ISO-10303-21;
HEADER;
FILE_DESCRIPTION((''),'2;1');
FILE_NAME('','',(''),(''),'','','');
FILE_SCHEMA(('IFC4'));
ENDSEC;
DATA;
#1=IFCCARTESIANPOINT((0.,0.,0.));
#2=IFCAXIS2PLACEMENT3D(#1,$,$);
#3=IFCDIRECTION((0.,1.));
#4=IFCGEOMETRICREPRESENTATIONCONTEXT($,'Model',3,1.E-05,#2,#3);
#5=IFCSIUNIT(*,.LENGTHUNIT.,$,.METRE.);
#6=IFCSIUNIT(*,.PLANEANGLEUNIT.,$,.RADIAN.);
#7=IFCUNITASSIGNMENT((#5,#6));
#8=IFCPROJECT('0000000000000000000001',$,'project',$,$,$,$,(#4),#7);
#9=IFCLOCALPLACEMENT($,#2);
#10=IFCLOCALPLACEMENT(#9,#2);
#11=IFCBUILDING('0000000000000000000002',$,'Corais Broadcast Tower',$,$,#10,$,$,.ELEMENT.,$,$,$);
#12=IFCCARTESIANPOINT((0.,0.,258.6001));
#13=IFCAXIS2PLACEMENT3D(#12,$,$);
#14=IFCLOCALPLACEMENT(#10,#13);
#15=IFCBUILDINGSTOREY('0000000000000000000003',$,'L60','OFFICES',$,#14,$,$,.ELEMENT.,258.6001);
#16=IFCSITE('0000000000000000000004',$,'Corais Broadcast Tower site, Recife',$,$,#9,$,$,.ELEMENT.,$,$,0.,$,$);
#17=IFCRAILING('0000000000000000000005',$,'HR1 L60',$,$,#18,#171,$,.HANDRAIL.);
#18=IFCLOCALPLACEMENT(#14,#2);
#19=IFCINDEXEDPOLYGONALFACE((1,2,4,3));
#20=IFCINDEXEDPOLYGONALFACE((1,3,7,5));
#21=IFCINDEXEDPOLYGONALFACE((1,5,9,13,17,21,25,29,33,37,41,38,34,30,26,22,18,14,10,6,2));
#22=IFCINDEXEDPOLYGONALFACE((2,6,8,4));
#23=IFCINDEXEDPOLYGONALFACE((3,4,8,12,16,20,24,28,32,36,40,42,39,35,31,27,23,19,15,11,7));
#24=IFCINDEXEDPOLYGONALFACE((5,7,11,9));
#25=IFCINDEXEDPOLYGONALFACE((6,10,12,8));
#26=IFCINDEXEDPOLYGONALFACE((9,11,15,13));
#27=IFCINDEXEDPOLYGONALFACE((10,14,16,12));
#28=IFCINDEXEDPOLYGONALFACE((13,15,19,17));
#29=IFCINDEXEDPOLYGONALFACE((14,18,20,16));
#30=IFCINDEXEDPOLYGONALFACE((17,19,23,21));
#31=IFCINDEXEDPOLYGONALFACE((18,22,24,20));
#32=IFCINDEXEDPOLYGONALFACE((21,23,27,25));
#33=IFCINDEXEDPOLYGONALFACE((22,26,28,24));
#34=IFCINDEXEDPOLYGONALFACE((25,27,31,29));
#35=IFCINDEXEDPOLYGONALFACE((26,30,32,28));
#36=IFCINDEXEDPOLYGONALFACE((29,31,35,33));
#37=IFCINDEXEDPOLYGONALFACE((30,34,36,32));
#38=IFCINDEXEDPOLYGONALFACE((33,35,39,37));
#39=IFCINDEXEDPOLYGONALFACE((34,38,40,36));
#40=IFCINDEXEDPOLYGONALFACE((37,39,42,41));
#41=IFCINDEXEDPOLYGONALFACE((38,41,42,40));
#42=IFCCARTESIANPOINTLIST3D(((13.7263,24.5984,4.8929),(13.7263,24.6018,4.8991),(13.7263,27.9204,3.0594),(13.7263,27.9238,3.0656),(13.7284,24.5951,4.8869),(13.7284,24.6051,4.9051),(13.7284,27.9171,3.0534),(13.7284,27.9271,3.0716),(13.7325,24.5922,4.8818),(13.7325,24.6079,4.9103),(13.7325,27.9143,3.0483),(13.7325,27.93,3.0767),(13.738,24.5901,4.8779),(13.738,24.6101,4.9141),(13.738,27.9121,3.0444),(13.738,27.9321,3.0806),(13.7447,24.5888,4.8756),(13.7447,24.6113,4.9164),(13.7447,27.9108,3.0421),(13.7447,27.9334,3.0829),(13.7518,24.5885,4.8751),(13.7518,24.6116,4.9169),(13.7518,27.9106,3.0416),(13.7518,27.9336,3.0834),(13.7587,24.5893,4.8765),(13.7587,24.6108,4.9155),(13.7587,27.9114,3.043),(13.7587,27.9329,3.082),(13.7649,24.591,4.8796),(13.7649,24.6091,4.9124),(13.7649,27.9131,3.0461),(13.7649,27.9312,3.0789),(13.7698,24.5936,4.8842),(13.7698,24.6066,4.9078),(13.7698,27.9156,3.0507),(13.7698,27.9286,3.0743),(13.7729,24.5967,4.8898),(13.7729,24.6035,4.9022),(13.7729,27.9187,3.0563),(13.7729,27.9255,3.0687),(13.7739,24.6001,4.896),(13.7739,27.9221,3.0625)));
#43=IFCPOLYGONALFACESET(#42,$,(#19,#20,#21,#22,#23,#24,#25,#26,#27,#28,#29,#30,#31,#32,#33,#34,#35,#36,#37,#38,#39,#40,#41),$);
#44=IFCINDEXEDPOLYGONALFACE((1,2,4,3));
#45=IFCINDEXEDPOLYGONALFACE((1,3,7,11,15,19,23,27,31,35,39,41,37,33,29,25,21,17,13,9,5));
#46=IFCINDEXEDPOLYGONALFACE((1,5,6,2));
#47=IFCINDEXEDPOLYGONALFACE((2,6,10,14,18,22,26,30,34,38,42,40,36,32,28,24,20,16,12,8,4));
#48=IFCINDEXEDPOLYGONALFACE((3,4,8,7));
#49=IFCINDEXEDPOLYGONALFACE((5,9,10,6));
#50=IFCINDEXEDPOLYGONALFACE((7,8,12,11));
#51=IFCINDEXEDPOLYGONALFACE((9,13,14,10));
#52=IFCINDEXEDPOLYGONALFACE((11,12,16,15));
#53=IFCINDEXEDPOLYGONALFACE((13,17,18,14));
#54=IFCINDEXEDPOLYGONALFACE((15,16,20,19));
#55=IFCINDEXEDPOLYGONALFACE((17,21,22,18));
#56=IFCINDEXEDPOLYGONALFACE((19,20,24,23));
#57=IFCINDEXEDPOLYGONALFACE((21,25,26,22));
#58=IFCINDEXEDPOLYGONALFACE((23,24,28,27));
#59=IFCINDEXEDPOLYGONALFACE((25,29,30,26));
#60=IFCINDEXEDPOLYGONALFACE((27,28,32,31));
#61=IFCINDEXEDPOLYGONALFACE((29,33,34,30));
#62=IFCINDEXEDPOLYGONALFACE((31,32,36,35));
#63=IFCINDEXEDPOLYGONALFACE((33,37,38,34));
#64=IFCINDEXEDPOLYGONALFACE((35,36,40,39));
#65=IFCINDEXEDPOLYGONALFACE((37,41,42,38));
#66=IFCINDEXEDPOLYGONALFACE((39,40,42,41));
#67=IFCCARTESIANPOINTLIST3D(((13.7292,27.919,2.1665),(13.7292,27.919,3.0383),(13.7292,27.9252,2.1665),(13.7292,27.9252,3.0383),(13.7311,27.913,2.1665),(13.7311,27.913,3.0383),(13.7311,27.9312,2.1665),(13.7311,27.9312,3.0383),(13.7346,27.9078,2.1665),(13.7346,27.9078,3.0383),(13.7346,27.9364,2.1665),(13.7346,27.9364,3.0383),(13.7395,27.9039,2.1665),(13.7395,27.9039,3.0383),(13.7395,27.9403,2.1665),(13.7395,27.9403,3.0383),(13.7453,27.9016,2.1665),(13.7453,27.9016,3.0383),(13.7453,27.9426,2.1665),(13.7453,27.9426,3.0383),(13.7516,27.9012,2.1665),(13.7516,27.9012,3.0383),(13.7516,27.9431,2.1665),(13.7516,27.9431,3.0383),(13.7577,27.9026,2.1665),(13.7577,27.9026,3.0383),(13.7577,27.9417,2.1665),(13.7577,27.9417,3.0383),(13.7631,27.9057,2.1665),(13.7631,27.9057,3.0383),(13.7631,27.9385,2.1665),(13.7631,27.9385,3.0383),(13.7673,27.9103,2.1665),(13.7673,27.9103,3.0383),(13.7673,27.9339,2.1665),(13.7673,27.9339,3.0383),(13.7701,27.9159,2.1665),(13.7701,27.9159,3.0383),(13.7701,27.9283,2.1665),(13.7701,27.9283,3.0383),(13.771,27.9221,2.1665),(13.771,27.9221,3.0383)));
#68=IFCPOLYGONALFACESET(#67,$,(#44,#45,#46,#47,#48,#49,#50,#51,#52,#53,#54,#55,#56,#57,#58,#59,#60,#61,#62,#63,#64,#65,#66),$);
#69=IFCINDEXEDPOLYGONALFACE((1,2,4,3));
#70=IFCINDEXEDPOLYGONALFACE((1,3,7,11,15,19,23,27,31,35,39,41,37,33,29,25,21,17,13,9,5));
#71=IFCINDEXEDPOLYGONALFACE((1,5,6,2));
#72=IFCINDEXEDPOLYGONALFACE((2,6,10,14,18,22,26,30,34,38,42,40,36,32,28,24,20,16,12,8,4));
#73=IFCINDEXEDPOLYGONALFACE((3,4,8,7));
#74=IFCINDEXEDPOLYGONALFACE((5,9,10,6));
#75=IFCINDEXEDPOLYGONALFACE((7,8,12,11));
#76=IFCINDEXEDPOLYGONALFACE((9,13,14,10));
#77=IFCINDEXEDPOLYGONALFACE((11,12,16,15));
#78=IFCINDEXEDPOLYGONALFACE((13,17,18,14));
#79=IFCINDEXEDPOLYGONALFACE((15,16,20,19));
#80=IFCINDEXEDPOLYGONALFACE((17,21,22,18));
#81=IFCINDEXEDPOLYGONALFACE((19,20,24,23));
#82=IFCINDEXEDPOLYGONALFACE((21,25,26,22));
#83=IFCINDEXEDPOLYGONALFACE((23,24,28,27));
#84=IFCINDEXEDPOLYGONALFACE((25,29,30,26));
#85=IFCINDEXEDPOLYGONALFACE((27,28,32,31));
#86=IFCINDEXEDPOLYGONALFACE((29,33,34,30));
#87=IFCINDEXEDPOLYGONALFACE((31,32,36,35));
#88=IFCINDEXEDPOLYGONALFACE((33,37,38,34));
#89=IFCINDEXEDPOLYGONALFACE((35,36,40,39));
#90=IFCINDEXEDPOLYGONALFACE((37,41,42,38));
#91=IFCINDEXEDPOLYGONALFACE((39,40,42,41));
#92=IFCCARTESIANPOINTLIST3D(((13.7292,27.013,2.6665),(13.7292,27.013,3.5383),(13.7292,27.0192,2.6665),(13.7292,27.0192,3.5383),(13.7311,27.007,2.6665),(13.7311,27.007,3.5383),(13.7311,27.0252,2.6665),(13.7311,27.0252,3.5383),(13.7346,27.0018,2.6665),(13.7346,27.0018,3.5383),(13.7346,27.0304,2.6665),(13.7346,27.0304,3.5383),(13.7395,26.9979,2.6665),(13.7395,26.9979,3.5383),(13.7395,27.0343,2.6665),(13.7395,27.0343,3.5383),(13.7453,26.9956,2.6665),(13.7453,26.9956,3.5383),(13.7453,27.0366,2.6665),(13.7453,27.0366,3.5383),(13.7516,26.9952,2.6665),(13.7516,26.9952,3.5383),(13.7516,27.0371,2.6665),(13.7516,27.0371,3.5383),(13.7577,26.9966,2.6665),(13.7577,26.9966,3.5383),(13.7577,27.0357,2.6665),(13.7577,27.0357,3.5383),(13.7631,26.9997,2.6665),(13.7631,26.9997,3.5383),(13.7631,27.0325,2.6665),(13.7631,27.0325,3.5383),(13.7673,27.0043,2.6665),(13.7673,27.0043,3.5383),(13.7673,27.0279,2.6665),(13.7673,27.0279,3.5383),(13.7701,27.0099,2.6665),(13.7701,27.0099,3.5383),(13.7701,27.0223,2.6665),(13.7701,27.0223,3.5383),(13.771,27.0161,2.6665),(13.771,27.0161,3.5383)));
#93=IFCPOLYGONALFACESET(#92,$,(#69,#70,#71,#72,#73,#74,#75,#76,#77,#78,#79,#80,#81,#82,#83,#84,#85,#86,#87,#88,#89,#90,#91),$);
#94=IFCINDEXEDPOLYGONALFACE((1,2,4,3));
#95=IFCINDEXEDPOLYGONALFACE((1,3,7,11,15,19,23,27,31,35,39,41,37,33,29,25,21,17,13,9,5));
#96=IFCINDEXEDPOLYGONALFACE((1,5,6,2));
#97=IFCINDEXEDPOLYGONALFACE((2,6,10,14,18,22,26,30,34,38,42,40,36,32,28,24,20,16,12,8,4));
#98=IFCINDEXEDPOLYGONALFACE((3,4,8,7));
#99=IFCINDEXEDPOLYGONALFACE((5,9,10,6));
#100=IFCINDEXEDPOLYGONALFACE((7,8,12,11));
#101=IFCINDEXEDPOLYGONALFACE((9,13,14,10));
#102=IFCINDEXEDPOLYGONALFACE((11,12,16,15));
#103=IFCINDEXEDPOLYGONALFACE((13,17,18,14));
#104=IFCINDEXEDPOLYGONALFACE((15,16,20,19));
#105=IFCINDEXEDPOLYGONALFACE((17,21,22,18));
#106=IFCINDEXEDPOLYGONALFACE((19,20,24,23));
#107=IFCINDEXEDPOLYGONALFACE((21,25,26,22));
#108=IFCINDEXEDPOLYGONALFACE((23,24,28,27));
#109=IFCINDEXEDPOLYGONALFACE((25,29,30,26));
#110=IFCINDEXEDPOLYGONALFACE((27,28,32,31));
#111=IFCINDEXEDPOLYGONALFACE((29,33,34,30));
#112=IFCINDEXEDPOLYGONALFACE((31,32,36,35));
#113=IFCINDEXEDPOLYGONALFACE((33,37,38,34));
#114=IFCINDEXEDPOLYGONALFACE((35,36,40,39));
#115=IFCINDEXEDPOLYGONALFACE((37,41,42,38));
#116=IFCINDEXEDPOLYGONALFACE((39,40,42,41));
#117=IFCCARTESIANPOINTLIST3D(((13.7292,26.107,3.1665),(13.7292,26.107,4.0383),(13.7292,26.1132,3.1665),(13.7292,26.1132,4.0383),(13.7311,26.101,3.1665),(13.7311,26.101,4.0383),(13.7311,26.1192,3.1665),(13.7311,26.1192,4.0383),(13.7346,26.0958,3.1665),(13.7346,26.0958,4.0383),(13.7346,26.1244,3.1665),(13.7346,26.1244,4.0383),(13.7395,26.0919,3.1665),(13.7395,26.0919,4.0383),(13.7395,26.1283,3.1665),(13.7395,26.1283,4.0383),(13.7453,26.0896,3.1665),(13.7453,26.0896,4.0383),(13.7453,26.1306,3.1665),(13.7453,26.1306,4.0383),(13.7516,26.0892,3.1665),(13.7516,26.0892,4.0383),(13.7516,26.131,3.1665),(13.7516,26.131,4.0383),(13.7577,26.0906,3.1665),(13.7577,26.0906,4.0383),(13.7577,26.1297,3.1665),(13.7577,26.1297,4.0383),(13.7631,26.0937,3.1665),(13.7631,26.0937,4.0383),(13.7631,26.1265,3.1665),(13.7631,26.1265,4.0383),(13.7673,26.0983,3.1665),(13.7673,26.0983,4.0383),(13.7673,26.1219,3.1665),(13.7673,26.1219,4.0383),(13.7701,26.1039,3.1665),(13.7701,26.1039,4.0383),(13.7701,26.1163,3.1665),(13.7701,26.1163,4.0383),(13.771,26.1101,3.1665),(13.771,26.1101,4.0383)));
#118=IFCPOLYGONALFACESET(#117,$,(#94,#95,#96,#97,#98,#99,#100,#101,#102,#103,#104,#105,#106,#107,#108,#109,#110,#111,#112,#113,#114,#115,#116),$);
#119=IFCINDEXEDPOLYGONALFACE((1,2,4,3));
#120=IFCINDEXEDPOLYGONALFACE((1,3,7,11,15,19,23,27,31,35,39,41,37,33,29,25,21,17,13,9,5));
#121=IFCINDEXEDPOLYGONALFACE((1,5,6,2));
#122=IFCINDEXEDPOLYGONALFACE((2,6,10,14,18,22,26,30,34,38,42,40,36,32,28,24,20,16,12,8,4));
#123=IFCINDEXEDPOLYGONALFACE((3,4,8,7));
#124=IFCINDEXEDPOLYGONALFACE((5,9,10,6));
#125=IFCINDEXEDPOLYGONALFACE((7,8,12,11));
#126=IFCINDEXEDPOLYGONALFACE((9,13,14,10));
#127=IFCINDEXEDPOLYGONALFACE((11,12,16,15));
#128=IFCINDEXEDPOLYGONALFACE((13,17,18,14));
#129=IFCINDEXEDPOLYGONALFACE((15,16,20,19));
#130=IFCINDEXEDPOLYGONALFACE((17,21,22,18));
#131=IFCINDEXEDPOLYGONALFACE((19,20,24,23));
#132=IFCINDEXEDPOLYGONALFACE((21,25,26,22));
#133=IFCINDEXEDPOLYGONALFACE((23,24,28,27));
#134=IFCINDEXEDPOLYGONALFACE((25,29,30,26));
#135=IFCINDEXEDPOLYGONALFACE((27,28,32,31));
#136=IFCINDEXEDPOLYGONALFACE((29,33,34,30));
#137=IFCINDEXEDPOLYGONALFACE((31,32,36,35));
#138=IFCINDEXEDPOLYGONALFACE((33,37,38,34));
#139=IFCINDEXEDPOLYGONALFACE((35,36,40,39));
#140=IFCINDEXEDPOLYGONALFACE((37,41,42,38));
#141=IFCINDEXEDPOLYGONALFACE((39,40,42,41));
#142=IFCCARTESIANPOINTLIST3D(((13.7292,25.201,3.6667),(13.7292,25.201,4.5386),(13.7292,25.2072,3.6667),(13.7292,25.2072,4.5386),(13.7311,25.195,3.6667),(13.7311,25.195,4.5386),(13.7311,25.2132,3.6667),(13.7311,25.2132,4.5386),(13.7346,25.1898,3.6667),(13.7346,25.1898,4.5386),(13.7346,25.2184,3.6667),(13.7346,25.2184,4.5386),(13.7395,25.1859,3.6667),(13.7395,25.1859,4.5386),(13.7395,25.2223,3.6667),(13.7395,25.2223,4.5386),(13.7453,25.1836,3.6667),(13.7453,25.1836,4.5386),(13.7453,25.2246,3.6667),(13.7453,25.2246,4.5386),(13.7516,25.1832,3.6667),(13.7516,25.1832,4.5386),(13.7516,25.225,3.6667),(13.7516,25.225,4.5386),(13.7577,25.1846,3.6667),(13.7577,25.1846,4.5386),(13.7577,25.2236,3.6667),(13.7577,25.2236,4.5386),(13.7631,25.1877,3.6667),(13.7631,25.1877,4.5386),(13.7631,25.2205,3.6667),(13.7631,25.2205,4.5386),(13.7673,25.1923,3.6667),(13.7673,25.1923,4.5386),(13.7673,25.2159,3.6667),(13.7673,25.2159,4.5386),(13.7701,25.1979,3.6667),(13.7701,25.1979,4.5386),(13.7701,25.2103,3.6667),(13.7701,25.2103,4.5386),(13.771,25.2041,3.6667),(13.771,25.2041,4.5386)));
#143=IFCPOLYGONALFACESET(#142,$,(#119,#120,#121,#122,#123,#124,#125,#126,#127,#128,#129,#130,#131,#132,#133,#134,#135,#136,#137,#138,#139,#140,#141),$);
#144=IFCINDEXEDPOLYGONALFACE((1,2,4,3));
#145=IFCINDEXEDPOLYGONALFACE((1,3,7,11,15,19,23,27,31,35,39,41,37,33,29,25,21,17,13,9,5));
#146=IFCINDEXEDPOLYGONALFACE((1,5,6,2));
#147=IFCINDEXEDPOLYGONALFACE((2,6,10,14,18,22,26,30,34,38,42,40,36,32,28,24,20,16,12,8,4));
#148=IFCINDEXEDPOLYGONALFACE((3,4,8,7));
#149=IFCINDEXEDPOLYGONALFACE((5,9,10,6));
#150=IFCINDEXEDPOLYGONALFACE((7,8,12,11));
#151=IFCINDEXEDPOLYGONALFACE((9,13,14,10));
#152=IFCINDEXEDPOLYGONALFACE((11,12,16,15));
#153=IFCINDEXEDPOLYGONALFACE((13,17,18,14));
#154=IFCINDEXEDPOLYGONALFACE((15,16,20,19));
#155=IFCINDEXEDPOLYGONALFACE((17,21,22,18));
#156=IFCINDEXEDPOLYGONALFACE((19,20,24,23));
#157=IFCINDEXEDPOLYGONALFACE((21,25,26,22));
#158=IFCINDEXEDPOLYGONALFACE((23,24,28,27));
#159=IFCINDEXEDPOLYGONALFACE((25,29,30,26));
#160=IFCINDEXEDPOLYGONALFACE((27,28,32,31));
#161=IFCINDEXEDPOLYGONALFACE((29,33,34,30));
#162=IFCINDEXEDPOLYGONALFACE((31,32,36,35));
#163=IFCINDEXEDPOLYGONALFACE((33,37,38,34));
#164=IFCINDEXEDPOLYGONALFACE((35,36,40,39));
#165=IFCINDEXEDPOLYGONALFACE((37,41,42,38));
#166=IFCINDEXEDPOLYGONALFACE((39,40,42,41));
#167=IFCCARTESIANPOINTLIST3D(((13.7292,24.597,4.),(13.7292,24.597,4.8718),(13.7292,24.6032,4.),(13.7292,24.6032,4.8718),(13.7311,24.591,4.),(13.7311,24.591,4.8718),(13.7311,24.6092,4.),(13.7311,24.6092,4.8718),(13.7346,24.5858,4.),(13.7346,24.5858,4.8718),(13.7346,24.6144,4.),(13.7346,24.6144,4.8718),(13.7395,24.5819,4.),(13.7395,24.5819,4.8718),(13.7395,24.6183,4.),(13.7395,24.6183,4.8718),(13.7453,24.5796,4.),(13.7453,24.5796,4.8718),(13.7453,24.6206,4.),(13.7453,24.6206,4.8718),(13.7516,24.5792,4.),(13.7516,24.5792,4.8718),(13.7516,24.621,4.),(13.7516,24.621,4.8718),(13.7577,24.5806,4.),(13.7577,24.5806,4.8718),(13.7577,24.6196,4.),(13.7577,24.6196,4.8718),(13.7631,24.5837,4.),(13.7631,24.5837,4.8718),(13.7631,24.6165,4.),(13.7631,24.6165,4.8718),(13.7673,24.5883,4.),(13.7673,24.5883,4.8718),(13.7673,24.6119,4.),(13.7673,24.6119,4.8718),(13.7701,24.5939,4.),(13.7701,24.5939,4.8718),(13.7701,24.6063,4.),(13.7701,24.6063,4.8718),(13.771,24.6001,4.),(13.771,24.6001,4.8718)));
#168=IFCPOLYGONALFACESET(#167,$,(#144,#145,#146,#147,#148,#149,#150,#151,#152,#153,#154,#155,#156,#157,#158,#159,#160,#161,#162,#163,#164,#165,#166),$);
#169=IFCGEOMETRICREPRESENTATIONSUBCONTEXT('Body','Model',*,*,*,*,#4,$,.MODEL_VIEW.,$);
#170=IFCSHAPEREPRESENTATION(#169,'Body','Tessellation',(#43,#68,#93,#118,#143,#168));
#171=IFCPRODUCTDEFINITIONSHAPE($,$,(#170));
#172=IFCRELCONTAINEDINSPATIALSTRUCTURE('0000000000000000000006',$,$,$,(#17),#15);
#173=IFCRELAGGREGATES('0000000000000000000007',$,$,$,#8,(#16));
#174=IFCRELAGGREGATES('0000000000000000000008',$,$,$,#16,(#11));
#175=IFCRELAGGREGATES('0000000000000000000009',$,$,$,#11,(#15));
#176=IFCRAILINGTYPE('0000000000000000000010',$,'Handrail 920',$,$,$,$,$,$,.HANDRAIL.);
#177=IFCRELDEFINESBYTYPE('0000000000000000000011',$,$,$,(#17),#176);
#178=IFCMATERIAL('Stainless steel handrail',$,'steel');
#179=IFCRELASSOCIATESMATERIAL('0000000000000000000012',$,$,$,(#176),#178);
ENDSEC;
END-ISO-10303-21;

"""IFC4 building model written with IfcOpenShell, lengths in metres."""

from ifc_helpers import new_model, si_unit, direction, frame, origin, origin_2d, place, context, subcontext, project, spatial, circle, extrude, material, type_object, element, save


model = new_model("IFC4")

# Units and contexts
model_context = context("Model", 3, precision=1e-05, world=origin(), true_north=direction((0.0, 1.0)))
body_context = subcontext(model_context, "Body", "Model", "MODEL_VIEW")
ifc_project = project(units=[si_unit("LENGTHUNIT", "METRE"), si_unit("PLANEANGLEUNIT", "RADIAN")], contexts=[model_context])

# Site, building, storey
site_placement = place(None, origin())
site = spatial("IfcSite", under=ifc_project, at=site_placement, Name="Corais Broadcast Tower site, Recife", CompositionType="ELEMENT", RefElevation=0.0)
building_placement = place(site_placement, origin())
building = spatial("IfcBuilding", under=site, at=building_placement, Name="Corais Broadcast Tower", CompositionType="ELEMENT")
storey_placement = place(building_placement, frame((0.0, 0.0, 258.6001)))
storey = spatial("IfcBuildingStorey", under=building, at=storey_placement, Name="L60", Description="OFFICES", CompositionType="ELEMENT", Elevation=258.6001)

# Railing
ifc_material_1 = material(Name="Stainless steel handrail", Category="steel")
railing_type = type_object("IfcRailingType", Name="Handrail 920", PredefinedType="HANDRAIL", material=ifc_material_1)
for number, where, name in (
    (1, (13.75, 27.9221, 2.1665), "HR1 L60"),
):
    element("IfcRailing", number, at=place(storey_placement, frame(where)), inside=storey, type_object=railing_type, Name=name, PredefinedType="HANDRAIL", context=body_context, shape_type="SweptSolid", body=[
        extrude(circle(Radius=0.0239, at=origin_2d()), frame((0.0, 0.0, 0.896), z_axis=(0.0, -0.875504, 0.48321), x_axis=(1.0, 0.0, 0.0)), (0.0, 0.0, 1.0), 3.7944),
        extrude(circle(Radius=0.021, at=origin_2d()), origin(), (0.0, 0.0, 1.0), 0.8718),
        extrude(circle(Radius=0.021, at=origin_2d()), frame((0.0, -0.906, 0.5)), (0.0, 0.0, 1.0), 0.8718),
        extrude(circle(Radius=0.021, at=origin_2d()), frame((0.0, -1.812, 1.0)), (0.0, 0.0, 1.0), 0.8718),
        extrude(circle(Radius=0.021, at=origin_2d()), frame((0.0, -2.718, 1.5002)), (0.0, 0.0, 1.0), 0.8718),
        extrude(circle(Radius=0.021, at=origin_2d()), frame((0.0, -3.322, 1.8335)), (0.0, 0.0, 1.0), 0.8718),
    ])

save(model, "model.ifc")
